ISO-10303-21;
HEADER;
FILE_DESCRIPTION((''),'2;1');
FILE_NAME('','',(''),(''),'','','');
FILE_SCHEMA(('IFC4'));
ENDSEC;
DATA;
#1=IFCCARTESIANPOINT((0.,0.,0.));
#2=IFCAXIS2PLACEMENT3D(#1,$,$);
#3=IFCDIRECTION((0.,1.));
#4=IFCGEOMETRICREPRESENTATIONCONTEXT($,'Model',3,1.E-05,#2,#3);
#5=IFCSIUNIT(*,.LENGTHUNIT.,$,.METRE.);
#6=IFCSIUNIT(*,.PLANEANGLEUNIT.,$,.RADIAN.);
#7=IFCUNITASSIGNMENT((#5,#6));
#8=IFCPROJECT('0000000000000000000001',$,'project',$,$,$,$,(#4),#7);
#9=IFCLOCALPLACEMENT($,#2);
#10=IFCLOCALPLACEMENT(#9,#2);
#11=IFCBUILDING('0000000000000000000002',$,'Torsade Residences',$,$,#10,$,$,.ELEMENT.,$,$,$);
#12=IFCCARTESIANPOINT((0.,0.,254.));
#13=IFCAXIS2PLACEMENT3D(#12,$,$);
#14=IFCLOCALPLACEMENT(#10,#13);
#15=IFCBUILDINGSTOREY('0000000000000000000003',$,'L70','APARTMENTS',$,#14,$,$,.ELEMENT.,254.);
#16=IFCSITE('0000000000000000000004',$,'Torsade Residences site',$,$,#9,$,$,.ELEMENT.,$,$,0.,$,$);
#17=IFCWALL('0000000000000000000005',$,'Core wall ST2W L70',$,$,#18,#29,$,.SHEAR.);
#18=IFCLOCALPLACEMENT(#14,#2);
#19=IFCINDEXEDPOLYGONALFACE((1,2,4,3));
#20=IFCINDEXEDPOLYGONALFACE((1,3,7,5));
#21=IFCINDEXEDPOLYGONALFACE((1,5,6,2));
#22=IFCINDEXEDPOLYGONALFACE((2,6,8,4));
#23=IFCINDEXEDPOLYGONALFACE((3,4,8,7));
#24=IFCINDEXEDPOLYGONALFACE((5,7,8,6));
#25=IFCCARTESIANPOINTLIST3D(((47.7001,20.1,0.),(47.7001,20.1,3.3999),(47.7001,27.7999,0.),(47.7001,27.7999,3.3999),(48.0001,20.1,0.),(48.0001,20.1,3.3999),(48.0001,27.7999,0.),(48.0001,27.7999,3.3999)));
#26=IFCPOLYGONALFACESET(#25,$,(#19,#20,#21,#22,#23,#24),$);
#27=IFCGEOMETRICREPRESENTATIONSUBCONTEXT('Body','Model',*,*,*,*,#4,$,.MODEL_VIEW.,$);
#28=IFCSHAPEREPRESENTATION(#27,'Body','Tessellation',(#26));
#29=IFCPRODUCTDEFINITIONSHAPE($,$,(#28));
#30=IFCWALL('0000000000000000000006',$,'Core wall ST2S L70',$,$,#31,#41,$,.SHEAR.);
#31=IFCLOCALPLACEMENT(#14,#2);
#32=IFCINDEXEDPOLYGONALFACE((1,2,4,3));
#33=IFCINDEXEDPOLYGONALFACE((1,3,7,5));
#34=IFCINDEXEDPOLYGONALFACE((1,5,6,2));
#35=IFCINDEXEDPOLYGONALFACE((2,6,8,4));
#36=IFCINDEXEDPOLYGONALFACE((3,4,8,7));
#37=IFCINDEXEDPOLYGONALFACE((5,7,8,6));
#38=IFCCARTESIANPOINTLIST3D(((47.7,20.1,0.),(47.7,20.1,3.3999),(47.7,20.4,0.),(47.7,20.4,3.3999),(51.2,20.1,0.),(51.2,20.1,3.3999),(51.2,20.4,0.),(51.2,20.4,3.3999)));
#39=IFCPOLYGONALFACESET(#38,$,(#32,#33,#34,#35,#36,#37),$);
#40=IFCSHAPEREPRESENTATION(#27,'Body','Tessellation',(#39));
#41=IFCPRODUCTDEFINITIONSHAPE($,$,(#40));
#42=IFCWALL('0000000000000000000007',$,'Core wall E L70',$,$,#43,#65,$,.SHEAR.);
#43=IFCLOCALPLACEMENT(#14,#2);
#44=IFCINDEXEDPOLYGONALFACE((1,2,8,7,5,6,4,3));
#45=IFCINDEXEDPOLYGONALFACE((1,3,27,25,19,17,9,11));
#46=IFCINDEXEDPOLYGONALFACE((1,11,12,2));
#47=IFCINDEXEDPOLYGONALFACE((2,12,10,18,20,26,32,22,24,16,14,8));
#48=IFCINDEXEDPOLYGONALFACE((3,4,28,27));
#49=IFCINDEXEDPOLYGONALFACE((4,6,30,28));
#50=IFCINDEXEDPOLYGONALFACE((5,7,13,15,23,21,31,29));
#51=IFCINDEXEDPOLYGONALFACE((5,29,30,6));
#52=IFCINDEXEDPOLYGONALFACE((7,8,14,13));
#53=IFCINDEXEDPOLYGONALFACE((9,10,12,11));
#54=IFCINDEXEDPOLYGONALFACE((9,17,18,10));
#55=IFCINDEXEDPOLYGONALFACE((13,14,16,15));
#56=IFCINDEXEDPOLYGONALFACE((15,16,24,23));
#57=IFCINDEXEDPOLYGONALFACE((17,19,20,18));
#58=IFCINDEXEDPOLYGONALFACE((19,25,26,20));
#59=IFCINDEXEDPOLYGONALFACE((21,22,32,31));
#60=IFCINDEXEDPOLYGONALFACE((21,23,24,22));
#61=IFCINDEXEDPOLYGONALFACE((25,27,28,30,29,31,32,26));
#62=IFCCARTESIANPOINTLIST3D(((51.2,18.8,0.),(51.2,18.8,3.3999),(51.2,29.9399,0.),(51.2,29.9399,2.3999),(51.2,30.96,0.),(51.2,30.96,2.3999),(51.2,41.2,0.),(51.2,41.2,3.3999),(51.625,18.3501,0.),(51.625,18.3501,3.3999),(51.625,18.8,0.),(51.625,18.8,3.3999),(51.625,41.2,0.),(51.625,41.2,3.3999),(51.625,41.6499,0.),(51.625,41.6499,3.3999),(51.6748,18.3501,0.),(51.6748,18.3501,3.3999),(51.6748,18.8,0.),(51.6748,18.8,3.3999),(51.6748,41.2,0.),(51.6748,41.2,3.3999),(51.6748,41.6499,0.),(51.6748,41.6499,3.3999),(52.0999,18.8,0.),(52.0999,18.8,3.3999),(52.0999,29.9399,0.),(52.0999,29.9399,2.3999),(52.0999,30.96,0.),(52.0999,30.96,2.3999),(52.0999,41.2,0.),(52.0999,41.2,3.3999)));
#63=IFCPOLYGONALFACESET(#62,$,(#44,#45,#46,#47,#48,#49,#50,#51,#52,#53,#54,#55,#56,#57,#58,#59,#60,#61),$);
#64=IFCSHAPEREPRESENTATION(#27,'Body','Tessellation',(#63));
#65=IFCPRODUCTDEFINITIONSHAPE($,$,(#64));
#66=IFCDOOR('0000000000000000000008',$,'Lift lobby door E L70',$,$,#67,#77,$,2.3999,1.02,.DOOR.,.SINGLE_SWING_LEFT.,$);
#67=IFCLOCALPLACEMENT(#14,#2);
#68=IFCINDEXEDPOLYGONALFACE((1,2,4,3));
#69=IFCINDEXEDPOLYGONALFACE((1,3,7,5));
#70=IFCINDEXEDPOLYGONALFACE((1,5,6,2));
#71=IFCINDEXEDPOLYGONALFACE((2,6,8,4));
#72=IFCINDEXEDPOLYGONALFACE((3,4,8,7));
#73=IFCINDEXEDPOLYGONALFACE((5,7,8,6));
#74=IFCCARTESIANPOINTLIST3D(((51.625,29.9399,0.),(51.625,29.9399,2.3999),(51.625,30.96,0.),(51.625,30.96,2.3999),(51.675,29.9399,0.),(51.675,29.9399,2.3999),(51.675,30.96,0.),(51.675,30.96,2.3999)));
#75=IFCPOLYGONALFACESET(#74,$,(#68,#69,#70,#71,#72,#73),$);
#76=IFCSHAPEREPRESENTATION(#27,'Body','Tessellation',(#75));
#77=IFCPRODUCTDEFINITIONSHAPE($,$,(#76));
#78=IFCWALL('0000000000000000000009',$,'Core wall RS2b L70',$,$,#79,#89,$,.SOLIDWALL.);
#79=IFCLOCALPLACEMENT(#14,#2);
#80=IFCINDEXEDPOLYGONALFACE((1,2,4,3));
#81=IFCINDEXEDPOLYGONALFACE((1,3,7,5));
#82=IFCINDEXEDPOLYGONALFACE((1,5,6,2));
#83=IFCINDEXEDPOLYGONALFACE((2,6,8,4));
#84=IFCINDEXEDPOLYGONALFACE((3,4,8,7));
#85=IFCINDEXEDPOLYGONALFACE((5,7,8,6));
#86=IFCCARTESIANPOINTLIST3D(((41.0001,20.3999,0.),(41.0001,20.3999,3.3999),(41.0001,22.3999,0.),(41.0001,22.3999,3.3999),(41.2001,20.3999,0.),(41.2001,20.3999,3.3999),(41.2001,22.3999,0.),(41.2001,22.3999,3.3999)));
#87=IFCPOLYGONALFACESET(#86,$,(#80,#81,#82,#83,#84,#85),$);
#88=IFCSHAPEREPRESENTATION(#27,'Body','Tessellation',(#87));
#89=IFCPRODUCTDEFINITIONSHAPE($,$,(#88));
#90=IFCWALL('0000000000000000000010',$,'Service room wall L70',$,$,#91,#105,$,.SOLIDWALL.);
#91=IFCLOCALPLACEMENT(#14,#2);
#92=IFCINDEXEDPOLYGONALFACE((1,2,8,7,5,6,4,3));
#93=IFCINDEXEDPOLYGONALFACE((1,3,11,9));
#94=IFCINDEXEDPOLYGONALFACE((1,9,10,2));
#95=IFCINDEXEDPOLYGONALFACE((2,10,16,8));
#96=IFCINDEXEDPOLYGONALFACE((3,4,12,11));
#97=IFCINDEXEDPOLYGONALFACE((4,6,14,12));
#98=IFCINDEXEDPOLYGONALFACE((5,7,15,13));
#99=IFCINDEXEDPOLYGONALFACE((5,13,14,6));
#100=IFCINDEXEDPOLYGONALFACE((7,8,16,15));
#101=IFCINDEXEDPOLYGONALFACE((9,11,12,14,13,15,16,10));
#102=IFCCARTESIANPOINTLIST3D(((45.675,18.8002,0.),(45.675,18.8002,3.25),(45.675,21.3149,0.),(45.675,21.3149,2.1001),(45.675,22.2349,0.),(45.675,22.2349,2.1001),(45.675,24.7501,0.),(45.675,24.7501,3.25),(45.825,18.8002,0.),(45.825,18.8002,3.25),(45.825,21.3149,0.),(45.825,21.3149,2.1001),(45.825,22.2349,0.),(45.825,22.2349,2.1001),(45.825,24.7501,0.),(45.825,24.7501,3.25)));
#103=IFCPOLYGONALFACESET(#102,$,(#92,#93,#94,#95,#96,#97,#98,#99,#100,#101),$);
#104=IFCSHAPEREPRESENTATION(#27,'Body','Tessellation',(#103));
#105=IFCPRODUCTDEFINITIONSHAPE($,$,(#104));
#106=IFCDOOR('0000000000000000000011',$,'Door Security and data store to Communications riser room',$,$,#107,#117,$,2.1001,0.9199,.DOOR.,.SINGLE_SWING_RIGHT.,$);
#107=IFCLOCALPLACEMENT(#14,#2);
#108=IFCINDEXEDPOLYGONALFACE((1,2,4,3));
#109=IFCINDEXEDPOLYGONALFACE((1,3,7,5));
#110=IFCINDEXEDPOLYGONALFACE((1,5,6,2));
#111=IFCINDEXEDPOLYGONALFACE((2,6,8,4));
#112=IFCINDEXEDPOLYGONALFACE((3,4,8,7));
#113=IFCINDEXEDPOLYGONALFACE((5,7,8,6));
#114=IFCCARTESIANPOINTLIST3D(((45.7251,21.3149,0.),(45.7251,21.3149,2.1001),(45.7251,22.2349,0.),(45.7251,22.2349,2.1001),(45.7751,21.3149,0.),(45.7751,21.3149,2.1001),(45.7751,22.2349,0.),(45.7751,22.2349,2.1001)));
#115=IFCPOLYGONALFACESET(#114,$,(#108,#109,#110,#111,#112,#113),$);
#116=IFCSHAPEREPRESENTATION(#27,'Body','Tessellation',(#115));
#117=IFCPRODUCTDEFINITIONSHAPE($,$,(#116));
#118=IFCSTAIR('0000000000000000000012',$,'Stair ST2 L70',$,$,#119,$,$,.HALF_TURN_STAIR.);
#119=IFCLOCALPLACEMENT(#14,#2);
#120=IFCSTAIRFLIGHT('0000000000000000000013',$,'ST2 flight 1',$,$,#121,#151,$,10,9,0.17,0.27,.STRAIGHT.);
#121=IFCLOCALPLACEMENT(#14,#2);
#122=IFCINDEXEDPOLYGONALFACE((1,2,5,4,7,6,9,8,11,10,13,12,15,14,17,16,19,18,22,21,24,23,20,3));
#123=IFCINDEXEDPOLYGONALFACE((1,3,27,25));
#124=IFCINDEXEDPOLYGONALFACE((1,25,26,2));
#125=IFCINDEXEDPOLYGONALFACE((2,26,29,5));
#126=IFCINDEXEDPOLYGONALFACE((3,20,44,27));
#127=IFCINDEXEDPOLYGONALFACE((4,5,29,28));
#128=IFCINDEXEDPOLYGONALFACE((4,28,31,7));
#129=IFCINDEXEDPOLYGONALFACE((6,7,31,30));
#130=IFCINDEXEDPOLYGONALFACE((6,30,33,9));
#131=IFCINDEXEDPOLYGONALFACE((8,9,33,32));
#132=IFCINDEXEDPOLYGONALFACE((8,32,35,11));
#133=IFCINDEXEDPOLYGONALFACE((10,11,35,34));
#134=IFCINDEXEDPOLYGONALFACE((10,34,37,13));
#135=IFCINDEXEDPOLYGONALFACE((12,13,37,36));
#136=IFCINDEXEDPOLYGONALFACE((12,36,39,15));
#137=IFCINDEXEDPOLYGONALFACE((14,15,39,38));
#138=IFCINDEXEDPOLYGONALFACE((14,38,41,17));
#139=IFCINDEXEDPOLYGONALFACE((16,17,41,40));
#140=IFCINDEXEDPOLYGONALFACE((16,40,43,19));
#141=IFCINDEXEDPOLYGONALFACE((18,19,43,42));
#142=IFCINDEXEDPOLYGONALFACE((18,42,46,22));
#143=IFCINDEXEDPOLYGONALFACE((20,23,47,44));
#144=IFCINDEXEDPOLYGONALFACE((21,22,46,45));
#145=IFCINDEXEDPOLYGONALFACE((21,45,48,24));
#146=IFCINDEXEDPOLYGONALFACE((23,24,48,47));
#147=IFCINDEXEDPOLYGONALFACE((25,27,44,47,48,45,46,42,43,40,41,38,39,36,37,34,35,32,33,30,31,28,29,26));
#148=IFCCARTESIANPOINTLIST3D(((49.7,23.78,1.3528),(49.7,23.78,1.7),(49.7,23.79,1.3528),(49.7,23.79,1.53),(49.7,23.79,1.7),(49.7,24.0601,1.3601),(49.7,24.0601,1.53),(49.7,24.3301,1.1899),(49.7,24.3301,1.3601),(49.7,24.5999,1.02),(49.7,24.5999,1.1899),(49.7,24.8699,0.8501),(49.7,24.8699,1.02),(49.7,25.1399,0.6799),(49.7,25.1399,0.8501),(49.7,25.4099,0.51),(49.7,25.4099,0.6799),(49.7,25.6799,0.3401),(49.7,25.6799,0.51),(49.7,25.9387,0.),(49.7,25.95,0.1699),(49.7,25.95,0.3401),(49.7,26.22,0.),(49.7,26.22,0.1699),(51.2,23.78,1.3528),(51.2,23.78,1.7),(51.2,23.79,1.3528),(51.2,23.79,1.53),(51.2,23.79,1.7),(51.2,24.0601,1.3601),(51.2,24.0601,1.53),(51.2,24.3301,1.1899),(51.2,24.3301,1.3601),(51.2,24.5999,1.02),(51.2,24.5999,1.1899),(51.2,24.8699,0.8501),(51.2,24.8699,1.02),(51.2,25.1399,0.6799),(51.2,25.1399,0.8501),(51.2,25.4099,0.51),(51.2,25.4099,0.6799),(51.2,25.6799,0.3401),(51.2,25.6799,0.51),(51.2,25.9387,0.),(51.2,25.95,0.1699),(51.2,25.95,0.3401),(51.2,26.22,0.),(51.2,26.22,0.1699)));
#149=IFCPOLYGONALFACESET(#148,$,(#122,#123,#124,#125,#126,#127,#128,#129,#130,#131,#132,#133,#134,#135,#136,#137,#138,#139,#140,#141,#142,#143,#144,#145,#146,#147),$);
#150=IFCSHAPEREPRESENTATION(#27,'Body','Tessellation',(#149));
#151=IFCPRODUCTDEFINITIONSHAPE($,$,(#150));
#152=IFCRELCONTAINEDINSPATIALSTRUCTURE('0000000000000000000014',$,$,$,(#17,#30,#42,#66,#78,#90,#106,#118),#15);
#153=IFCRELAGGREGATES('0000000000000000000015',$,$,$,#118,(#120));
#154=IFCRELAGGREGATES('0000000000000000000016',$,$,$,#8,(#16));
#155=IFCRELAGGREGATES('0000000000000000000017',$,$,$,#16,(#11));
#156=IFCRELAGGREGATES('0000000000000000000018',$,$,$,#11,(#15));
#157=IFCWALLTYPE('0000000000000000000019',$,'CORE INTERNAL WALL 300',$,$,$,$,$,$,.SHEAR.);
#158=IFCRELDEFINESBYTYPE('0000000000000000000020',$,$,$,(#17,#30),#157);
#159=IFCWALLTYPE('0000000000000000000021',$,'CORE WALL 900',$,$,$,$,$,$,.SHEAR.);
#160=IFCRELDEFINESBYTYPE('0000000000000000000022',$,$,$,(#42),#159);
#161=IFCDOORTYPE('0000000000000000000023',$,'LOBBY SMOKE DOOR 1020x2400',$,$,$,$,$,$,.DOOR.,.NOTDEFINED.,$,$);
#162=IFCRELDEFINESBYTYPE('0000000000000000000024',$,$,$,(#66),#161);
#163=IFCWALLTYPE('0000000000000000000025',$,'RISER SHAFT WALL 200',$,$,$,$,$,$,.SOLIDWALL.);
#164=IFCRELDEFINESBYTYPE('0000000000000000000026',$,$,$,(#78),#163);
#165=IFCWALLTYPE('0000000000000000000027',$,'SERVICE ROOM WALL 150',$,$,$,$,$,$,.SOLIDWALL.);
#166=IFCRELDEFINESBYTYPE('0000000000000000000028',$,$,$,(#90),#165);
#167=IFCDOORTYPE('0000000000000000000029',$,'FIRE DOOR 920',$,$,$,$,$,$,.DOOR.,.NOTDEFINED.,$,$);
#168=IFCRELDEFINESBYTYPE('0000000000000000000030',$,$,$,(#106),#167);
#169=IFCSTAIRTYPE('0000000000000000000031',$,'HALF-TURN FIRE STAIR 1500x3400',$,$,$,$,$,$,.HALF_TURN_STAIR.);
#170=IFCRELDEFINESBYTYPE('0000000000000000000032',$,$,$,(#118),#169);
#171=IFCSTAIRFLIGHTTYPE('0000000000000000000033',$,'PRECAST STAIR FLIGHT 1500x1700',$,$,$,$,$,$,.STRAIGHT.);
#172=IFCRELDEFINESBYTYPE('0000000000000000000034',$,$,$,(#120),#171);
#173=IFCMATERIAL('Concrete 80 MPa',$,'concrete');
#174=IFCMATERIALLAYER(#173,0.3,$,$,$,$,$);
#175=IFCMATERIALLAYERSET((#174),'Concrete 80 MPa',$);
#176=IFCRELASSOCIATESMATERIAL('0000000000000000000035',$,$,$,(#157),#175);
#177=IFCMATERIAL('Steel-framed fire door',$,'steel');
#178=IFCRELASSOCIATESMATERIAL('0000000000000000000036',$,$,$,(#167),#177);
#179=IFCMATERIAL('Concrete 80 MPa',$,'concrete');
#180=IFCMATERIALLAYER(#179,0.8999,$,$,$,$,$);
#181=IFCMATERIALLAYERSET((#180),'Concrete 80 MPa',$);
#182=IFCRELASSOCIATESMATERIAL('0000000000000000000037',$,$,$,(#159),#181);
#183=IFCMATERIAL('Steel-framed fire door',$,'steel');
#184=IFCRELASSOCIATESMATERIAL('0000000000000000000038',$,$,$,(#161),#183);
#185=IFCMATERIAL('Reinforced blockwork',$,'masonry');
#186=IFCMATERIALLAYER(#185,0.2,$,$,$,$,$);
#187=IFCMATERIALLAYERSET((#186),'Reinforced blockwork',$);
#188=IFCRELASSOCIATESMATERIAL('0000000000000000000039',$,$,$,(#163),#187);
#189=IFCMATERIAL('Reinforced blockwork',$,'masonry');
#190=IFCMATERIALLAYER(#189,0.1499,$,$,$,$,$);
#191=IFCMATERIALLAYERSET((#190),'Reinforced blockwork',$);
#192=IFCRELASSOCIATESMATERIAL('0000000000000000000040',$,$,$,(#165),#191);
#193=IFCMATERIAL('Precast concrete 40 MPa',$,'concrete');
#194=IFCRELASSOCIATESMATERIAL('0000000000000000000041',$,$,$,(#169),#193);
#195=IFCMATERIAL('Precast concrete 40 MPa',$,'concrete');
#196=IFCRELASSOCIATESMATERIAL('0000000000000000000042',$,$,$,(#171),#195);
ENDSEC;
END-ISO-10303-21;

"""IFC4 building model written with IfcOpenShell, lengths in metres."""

from ifc_helpers import new_model, si_unit, direction, frame, frame_2d, origin, place, context, subcontext, project, spatial, polyline, rectangle, outline, extrude, material, layer, layer_set, type_object, element, fill, aggregate, save


model = new_model("IFC4")

# Units and contexts
model_context = context("Model", 3, precision=1e-05, world=origin(), true_north=direction((0.0, 1.0)))
body_context = subcontext(model_context, "Body", "Model", "MODEL_VIEW")
ifc_project = project(units=[si_unit("LENGTHUNIT", "METRE"), si_unit("PLANEANGLEUNIT", "RADIAN")], contexts=[model_context])

# Site, building, storey
site_placement = place(None, origin())
site = spatial("IfcSite", under=ifc_project, at=site_placement, Name="Torsade Residences site", CompositionType="ELEMENT", RefElevation=0.0)
building_placement = place(site_placement, origin())
building = spatial("IfcBuilding", under=site, at=building_placement, Name="Torsade Residences", CompositionType="ELEMENT")
storey_placement = place(building_placement, frame((0.0, 0.0, 254.0)))
storey = spatial("IfcBuildingStorey", under=building, at=storey_placement, Name="L70", Description="APARTMENTS", CompositionType="ELEMENT", Elevation=254.0)

# Shared definitions
ifc_material_1 = material(Name="Concrete 80 MPa", Category="concrete")
ifc_layer_1 = layer(ifc_material_1, 0.3)
ifc_layer_set_1 = layer_set([ifc_layer_1], Name="Concrete 80 MPa")
wall_type_1 = type_object("IfcWallType", Name="CORE INTERNAL WALL 300", PredefinedType="SHEAR", material=ifc_layer_set_1)
ifc_material_2 = material(Name="Steel-framed fire door", Category="steel")
door_type_1 = type_object("IfcDoorType", Name="FIRE DOOR 920", OperationType="NOTDEFINED", PredefinedType="DOOR", material=ifc_material_2)

# Walls
wall_1_placement = place(storey_placement, frame((47.8501, 27.8, 0.0), z_axis=(0.0, 0.0, 1.0), x_axis=(0.0, -1.0, 0.0)))
element("IfcWall", 1, at=wall_1_placement, inside=storey, type_object=wall_type_1, Name="Core wall ST2W L70", PredefinedType="SHEAR", context=body_context, shape_type="SweptSolid", body=[
    extrude(rectangle(XDim=7.7, YDim=0.3, at=frame_2d((3.8501, 0.0))), origin(), (0.0, 0.0, 1.0), 3.3999),
])
wall_2_placement = place(storey_placement, frame((51.2, 20.25, 0.0), z_axis=(0.0, 0.0, 1.0), x_axis=(-1.0, 0.0, 0.0)))
element("IfcWall", 2, at=wall_2_placement, inside=storey, type_object=wall_type_1, Name="Core wall ST2S L70", PredefinedType="SHEAR", context=body_context, shape_type="SweptSolid", body=[
    extrude(rectangle(XDim=3.5, YDim=0.3, at=frame_2d((1.75, 0.0))), origin(), (0.0, 0.0, 1.0), 3.3999),
])

# Wall, opening, door
ifc_material_3 = material(Name="Concrete 80 MPa", Category="concrete")
ifc_layer_2 = layer(ifc_material_3, 0.8999)
ifc_layer_set_2 = layer_set([ifc_layer_2], Name="Concrete 80 MPa")
wall_type_2 = type_object("IfcWallType", Name="CORE WALL 900", PredefinedType="SHEAR", material=ifc_layer_set_2)
wall_3_placement = place(storey_placement, frame((51.6499, 18.8, 0.0), z_axis=(0.0, 0.0, 1.0), x_axis=(0.0, 1.0, 0.0)))
wall_3 = element("IfcWall", 3, at=wall_3_placement, inside=storey, type_object=wall_type_2, Name="Core wall E L70", PredefinedType="SHEAR", context=body_context, shape_type="SweptSolid", body=[
    extrude(outline(polyline([(0.0, -0.45), (22.3999, -0.45), (22.3999, -0.0249), (22.8499, -0.0249), (22.8499, 0.0249), (22.3999, 0.0249), (22.3999, 0.45), (0.0, 0.45), (0.0, 0.0249), (-0.45, 0.0249), (-0.45, -0.0249), (0.0, -0.0249), (0.0, -0.45)])), origin(), (0.0, 0.0, 1.0), 3.3999),
])
opening_1_placement = place(wall_3_placement, frame((11.1399, 0.0, 0.0)))
opening_1 = element("IfcOpeningElement", 4, at=opening_1_placement, cuts=wall_3, PredefinedType="OPENING", context=body_context, shape_type="SweptSolid", body=[
    extrude(rectangle(XDim=1.02, YDim=2.3999, at=frame_2d((0.51, 1.2))), frame((0.0, 0.46, 0.0), z_axis=(0.0, -1.0, 0.0), x_axis=(1.0, 0.0, 0.0)), (0.0, 0.0, 1.0), 0.9199),
])
ifc_material_4 = material(Name="Steel-framed fire door", Category="steel")
door_type_2 = type_object("IfcDoorType", Name="LOBBY SMOKE DOOR 1020x2400", OperationType="NOTDEFINED", PredefinedType="DOOR", material=ifc_material_4)
door_1_placement = place(opening_1_placement, origin())
door_1 = element("IfcDoor", 5, at=door_1_placement, inside=storey, type_object=door_type_2, Name="Lift lobby door E L70", OperationType="SINGLE_SWING_LEFT", OverallHeight=2.3999, OverallWidth=1.02, PredefinedType="DOOR", context=body_context, shape_type="SweptSolid", body=[
    extrude(rectangle(XDim=1.02, YDim=2.3999, at=frame_2d((0.51, 1.2))), frame((0.0, 0.0249, 0.0), z_axis=(0.0, -1.0, 0.0), x_axis=(1.0, 0.0, 0.0)), (0.0, 0.0, 1.0), 0.05),
])
fill(opening_1, door_1)

# Wall
ifc_material_5 = material(Name="Reinforced blockwork", Category="masonry")
ifc_layer_3 = layer(ifc_material_5, 0.2)
ifc_layer_set_3 = layer_set([ifc_layer_3], Name="Reinforced blockwork")
wall_type_3 = type_object("IfcWallType", Name="RISER SHAFT WALL 200", PredefinedType="SOLIDWALL", material=ifc_layer_set_3)
wall_4_placement = place(storey_placement, frame((41.1001, 22.3999, 0.0), z_axis=(0.0, 0.0, 1.0), x_axis=(0.0, -1.0, 0.0)))
element("IfcWall", 6, at=wall_4_placement, inside=storey, type_object=wall_type_3, Name="Core wall RS2b L70", PredefinedType="SOLIDWALL", context=body_context, shape_type="SweptSolid", body=[
    extrude(rectangle(XDim=2.0, YDim=0.2, at=frame_2d((1.0, 0.0))), origin(), (0.0, 0.0, 1.0), 3.3999),
])

# Wall, opening, door
ifc_material_6 = material(Name="Reinforced blockwork", Category="masonry")
ifc_layer_4 = layer(ifc_material_6, 0.1499)
ifc_layer_set_4 = layer_set([ifc_layer_4], Name="Reinforced blockwork")
wall_type_4 = type_object("IfcWallType", Name="SERVICE ROOM WALL 150", PredefinedType="SOLIDWALL", material=ifc_layer_set_4)
wall_5_placement = place(storey_placement, frame((45.75, 18.8, 0.0), z_axis=(0.0, 0.0, 1.0), x_axis=(0.0, 1.0, 0.0)))
wall_5 = element("IfcWall", 7, at=wall_5_placement, inside=storey, type_object=wall_type_4, Name="Service room wall L70", PredefinedType="SOLIDWALL", context=body_context, shape_type="SweptSolid", body=[
    extrude(rectangle(XDim=5.95, YDim=0.1499, at=frame_2d((2.9751, 0.0))), origin(), (0.0, 0.0, 1.0), 3.25),
])
opening_2_placement = place(wall_5_placement, frame((2.5149, 0.0, 0.0)))
opening_2 = element("IfcOpeningElement", 8, at=opening_2_placement, cuts=wall_5, PredefinedType="OPENING", context=body_context, shape_type="SweptSolid", body=[
    extrude(rectangle(XDim=0.9199, YDim=2.1001, at=frame_2d((0.46, 1.05))), frame((0.0, 0.085, 0.0), z_axis=(0.0, -1.0, 0.0), x_axis=(1.0, 0.0, 0.0)), (0.0, 0.0, 1.0), 0.1699),
])
door_2_placement = place(opening_2_placement, origin())
door_2 = element("IfcDoor", 9, at=door_2_placement, inside=storey, type_object=door_type_1, Name="Door Security and data store to Communications riser room", OperationType="SINGLE_SWING_RIGHT", OverallHeight=2.1001, OverallWidth=0.9199, PredefinedType="DOOR", context=body_context, shape_type="SweptSolid", body=[
    extrude(rectangle(XDim=0.9199, YDim=2.1001, at=frame_2d((0.46, 1.05))), frame((0.0, 0.0249, 0.0), z_axis=(0.0, -1.0, 0.0), x_axis=(1.0, 0.0, 0.0)), (0.0, 0.0, 1.0), 0.05),
])
fill(opening_2, door_2)

# Stair, stair flight
ifc_material_7 = material(Name="Precast concrete 40 MPa", Category="concrete")
stair_type = type_object("IfcStairType", Name="HALF-TURN FIRE STAIR 1500x3400", PredefinedType="HALF_TURN_STAIR", material=ifc_material_7)
stair_placement = place(storey_placement, origin())
stair = element("IfcStair", 10, at=stair_placement, inside=storey, type_object=stair_type, Name="Stair ST2 L70", PredefinedType="HALF_TURN_STAIR")
ifc_material_8 = material(Name="Precast concrete 40 MPa", Category="concrete")
stair_flight_type = type_object("IfcStairFlightType", Name="PRECAST STAIR FLIGHT 1500x1700", PredefinedType="STRAIGHT", material=ifc_material_8)
stair_flight_1_placement = place(storey_placement, frame((50.45, 26.22, 0.0), z_axis=(0.0, 0.0, 1.0), x_axis=(0.0, -1.0, 0.0)))
stair_flight_1 = element("IfcStairFlight", 11, at=stair_flight_1_placement, type_object=stair_flight_type, Name="ST2 flight 1", NumberOfRisers=10, NumberOfTreads=9, PredefinedType="STRAIGHT", RiserHeight=0.17, TreadLength=0.27, context=body_context, shape_type="SweptSolid", body=[
    extrude(outline(polyline([(0.0, 0.0), (0.0, 0.1699), (0.27, 0.1699), (0.27, 0.3401), (0.54, 0.3401), (0.54, 0.51), (0.8101, 0.51), (0.8101, 0.6799), (1.0801, 0.6799), (1.0801, 0.8501), (1.3501, 0.8501), (1.3501, 1.02), (1.6201, 1.02), (1.6201, 1.1899), (1.8899, 1.1899), (1.8899, 1.3601), (2.1599, 1.3601), (2.1599, 1.53), (2.4299, 1.53), (2.4299, 1.7), (2.4399, 1.7), (2.4399, 1.3528), (2.4299, 1.3528), (0.2812, 0.0), (0.0, 0.0)])), frame((0.0, 0.75, 0.0), z_axis=(0.0, -1.0, 0.0), x_axis=(1.0, 0.0, 0.0)), (0.0, 0.0, 1.0), 1.5),
])
aggregate(stair, [stair_flight_1])

save(model, "model.ifc")
